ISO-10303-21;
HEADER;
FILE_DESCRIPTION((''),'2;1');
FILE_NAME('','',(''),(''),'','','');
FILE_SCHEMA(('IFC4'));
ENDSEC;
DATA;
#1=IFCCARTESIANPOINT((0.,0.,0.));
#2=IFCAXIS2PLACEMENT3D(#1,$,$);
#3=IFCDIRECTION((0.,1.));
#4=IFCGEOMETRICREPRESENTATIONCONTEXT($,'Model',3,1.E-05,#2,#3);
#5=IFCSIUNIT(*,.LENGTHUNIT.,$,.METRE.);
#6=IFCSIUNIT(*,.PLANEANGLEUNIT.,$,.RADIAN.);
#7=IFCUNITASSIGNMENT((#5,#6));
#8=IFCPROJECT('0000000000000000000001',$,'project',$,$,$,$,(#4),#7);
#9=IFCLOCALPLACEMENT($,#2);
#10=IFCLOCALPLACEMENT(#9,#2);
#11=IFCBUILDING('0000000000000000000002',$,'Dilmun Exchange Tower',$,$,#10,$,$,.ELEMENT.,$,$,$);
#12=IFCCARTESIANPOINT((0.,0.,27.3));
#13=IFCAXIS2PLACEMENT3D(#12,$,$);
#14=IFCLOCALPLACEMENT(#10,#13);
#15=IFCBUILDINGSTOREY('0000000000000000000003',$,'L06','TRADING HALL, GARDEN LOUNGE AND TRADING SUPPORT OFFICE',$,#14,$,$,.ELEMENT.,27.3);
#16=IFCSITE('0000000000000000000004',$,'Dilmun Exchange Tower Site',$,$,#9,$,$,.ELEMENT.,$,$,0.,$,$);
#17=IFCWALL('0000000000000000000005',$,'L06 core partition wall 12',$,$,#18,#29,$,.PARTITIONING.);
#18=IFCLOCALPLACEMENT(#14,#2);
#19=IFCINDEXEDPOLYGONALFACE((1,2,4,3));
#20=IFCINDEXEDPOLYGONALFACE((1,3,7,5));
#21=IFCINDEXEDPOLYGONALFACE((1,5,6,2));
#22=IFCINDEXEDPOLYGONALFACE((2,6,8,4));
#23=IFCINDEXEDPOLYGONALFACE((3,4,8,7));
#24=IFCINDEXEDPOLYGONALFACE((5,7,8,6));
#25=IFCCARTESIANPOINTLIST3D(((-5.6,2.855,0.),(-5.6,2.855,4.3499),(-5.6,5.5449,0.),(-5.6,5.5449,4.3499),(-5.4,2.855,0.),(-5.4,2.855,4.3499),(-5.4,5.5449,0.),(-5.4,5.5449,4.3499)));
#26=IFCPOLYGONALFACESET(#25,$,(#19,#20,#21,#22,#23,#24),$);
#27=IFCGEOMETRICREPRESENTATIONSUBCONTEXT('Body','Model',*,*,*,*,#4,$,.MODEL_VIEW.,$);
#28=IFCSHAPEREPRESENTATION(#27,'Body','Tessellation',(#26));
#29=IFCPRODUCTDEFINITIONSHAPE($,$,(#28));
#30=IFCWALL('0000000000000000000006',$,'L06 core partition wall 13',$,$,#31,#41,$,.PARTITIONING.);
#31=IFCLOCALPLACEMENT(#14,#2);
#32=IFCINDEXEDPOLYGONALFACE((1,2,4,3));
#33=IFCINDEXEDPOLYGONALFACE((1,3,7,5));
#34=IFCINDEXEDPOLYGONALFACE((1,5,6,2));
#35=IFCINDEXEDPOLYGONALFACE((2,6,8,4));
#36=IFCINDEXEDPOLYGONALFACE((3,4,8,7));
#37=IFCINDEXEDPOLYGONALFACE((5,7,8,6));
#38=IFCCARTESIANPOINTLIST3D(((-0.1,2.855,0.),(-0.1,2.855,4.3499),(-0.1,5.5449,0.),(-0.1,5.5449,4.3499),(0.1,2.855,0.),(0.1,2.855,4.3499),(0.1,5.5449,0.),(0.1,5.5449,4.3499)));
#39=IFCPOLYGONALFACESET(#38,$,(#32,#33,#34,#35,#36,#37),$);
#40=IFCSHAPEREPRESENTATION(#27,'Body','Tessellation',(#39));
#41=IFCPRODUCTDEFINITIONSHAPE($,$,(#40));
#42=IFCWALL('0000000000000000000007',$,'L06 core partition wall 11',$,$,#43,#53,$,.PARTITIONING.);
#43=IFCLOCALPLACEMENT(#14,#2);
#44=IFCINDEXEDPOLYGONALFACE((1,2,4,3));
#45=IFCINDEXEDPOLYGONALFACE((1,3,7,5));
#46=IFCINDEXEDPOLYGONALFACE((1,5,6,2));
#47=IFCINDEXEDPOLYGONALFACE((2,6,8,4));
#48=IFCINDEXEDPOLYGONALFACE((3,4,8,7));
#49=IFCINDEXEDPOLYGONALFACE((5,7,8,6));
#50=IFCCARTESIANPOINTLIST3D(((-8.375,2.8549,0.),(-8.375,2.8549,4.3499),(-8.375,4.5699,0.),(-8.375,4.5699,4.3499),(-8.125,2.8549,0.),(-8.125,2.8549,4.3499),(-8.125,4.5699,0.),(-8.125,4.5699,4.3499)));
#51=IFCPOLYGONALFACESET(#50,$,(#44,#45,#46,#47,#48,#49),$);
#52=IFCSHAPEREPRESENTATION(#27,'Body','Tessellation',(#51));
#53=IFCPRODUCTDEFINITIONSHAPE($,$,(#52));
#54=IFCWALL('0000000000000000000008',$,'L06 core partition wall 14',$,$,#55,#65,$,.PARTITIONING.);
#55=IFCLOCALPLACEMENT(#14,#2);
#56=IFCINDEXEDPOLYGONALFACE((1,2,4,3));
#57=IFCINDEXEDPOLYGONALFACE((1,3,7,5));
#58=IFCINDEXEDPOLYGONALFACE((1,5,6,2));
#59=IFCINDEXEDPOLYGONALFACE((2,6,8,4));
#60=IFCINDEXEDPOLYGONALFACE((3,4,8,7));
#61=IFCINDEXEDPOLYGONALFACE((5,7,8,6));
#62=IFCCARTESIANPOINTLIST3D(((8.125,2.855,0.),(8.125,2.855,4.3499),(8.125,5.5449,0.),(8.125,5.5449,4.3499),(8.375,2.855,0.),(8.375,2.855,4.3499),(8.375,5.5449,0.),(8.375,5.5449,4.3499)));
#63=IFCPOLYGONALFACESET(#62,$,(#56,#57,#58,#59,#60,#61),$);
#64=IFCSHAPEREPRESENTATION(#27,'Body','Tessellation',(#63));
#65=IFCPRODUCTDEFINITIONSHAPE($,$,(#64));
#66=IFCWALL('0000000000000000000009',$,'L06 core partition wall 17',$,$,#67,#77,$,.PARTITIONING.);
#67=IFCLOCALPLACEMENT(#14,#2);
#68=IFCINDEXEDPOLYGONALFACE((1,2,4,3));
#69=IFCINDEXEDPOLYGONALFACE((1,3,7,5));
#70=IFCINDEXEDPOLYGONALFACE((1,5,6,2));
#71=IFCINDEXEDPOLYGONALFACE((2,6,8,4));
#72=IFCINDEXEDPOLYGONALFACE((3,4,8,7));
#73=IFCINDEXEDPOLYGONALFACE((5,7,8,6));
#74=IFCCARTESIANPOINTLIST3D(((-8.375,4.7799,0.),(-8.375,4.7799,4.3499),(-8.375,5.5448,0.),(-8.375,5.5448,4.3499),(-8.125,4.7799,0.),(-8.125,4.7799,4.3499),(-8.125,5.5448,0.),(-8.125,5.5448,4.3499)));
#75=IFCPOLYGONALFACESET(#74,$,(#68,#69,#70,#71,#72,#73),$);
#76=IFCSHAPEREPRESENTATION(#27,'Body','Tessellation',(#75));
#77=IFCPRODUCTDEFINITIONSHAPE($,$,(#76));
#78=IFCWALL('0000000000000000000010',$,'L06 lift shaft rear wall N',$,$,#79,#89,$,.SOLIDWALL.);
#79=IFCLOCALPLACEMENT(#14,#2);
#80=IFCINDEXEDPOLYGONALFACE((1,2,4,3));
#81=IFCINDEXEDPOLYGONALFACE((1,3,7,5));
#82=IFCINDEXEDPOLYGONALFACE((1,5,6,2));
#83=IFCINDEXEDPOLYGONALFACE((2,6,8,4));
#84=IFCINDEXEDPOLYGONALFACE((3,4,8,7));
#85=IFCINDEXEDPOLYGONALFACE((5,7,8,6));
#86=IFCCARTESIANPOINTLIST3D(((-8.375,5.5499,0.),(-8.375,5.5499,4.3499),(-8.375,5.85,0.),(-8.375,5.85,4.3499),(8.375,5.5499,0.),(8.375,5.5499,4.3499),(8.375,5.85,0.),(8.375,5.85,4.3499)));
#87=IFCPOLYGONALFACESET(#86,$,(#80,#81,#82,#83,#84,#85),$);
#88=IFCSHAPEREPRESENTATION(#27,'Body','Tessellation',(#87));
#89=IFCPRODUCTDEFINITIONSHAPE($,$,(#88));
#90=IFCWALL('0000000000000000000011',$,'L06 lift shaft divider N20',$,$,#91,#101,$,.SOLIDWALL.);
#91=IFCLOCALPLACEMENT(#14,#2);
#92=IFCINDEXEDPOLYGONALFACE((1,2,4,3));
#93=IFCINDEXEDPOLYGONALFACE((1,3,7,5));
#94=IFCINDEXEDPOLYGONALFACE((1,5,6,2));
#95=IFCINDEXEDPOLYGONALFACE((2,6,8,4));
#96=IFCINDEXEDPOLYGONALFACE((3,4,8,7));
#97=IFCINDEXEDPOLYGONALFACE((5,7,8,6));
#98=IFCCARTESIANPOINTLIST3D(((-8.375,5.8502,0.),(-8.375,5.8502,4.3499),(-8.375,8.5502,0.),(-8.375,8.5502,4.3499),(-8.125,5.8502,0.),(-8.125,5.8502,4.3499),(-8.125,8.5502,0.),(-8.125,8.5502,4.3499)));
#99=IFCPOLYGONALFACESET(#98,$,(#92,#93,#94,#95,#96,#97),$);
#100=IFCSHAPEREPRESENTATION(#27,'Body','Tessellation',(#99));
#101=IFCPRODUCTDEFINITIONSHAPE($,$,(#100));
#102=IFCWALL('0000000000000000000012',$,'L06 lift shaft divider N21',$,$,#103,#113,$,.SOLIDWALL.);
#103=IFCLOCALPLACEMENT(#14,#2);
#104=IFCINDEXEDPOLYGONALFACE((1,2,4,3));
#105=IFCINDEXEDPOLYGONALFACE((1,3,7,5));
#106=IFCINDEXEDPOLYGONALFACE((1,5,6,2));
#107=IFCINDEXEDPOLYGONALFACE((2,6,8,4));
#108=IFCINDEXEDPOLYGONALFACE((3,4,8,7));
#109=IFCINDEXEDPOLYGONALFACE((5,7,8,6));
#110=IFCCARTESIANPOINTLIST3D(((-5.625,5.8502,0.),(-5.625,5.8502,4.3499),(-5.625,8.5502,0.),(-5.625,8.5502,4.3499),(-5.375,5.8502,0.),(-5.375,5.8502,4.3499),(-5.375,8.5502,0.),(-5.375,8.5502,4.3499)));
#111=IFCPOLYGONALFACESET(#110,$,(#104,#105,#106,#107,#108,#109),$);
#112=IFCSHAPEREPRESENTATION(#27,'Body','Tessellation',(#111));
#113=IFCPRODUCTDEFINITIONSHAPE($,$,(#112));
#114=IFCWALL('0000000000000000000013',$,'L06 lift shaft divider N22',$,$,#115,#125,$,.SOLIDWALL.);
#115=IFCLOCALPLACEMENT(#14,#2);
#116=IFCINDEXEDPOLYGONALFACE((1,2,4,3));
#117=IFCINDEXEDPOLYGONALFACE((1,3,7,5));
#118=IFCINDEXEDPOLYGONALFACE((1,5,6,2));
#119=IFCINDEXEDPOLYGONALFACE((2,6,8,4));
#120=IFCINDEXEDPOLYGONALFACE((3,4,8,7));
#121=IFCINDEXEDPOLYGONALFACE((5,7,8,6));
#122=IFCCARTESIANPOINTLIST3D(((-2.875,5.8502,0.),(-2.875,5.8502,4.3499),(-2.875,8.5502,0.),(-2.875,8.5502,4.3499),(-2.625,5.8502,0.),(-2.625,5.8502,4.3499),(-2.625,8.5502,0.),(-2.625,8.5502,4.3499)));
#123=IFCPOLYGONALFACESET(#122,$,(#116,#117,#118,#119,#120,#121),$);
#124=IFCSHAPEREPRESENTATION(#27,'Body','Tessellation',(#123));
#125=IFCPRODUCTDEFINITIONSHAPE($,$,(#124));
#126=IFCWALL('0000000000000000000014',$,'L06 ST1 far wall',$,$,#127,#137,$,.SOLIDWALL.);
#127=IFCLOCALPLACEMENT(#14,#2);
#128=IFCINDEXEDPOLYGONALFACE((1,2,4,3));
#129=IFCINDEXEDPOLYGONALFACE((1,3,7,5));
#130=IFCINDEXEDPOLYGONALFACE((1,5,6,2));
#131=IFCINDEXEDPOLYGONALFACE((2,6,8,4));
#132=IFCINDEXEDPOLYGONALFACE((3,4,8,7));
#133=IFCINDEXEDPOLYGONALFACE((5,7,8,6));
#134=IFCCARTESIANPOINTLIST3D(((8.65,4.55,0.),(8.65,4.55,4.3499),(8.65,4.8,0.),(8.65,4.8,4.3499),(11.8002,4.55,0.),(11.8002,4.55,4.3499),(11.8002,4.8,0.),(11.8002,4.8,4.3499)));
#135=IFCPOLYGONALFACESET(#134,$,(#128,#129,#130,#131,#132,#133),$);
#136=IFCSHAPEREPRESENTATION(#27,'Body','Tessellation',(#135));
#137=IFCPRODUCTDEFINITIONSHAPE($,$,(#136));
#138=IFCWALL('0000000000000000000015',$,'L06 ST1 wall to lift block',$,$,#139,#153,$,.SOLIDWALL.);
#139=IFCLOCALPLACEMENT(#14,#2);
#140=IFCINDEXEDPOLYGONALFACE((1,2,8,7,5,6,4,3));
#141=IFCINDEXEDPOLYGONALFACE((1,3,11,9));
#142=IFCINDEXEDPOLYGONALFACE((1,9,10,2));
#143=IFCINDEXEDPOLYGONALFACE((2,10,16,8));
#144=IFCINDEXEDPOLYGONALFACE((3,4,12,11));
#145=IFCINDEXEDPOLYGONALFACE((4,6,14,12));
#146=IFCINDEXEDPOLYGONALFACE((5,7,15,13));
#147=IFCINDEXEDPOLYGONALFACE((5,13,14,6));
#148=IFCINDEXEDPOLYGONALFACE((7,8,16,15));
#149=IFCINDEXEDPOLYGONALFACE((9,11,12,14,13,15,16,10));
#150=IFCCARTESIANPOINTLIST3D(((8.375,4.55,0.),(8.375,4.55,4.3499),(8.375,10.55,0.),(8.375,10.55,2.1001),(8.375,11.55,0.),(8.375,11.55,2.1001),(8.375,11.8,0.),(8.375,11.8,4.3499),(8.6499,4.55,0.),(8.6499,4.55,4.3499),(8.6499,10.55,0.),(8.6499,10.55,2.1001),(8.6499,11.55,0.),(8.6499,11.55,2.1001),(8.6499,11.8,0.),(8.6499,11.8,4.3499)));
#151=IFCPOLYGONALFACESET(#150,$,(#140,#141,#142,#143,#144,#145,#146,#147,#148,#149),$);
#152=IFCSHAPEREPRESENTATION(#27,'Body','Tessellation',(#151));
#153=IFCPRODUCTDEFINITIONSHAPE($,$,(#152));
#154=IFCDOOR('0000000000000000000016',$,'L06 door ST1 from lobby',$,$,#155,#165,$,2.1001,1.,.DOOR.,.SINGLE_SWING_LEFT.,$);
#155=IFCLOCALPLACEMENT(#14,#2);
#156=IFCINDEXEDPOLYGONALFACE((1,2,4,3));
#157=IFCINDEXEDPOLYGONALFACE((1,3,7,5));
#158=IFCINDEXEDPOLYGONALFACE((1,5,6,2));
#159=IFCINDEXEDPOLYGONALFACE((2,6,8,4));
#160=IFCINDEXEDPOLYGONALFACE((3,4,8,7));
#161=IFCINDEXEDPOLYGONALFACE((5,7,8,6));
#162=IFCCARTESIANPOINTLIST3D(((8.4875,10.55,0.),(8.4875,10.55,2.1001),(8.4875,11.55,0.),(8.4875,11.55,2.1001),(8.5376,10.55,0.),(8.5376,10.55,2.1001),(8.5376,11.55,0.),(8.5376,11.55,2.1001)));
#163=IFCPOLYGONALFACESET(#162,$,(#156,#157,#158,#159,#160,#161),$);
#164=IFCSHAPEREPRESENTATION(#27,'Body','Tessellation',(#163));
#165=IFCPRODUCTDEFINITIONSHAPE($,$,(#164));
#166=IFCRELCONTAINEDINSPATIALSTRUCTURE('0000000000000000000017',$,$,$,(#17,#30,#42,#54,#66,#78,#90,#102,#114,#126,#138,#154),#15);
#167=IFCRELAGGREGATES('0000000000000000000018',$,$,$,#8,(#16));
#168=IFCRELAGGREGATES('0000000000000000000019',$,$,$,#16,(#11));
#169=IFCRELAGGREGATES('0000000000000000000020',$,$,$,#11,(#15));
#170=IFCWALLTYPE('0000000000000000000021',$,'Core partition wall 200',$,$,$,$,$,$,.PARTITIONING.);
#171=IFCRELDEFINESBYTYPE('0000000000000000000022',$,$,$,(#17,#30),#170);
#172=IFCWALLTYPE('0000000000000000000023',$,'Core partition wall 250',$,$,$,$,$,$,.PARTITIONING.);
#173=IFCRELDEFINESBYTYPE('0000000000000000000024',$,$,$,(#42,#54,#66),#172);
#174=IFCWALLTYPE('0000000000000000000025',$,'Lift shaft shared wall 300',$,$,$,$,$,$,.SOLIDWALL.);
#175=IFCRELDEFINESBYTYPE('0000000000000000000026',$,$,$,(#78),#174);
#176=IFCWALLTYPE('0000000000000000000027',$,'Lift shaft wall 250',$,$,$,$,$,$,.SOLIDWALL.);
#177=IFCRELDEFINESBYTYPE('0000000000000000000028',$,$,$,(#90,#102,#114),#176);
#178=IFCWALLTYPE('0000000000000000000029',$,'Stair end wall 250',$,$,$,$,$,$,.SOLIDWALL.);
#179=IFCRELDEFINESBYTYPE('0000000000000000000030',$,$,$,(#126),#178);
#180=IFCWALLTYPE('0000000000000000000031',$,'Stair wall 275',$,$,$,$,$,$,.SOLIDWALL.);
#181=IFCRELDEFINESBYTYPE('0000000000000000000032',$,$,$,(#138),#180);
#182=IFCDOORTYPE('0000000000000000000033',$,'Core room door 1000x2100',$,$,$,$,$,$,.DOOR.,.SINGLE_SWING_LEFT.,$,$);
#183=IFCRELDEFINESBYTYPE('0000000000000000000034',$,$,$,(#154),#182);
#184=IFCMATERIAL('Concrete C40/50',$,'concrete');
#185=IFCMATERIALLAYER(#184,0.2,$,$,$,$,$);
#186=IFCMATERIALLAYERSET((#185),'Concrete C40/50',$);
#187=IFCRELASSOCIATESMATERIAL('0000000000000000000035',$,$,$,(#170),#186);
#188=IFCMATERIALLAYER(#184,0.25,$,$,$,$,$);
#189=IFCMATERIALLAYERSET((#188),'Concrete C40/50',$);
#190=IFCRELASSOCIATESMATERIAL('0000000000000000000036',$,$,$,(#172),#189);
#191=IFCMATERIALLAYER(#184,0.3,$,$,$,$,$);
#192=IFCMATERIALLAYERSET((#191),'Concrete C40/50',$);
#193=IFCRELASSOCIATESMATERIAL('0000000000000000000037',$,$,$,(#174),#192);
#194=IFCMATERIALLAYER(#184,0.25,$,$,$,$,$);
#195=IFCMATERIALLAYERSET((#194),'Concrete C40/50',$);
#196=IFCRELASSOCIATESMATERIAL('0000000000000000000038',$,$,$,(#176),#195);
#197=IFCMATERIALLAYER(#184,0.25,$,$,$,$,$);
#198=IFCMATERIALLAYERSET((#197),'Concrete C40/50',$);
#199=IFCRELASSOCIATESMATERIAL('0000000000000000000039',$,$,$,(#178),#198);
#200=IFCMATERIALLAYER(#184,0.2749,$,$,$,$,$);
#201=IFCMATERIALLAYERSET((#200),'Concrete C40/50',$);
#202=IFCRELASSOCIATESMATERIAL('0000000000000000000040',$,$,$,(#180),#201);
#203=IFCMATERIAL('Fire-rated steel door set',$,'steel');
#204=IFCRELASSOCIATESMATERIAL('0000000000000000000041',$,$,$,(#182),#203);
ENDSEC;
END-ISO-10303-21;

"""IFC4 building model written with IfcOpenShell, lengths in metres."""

from ifc_helpers import new_model, si_unit, direction, frame, frame_2d, origin, place, context, subcontext, project, spatial, rectangle, extrude, material, layer, layer_set, type_object, element, fill, save


model = new_model("IFC4")

# Units and contexts
model_context = context("Model", 3, precision=1e-05, world=origin(), true_north=direction((0.0, 1.0)))
body_context = subcontext(model_context, "Body", "Model", "MODEL_VIEW")
ifc_project = project(units=[si_unit("LENGTHUNIT", "METRE"), si_unit("PLANEANGLEUNIT", "RADIAN")], contexts=[model_context])

# Site, building, storey
site_placement = place(None, origin())
site = spatial("IfcSite", under=ifc_project, at=site_placement, Name="Dilmun Exchange Tower Site", CompositionType="ELEMENT", RefElevation=0.0)
building_placement = place(site_placement, origin())
building = spatial("IfcBuilding", under=site, at=building_placement, Name="Dilmun Exchange Tower", CompositionType="ELEMENT")
storey_placement = place(building_placement, frame((0.0, 0.0, 27.3)))
storey = spatial("IfcBuildingStorey", under=building, at=storey_placement, Name="L06", Description="TRADING HALL, GARDEN LOUNGE AND TRADING SUPPORT OFFICE", CompositionType="ELEMENT", Elevation=27.3)

# Walls
ifc_material_1 = material(Name="Concrete C40/50", Category="concrete")
ifc_layer_1 = layer(ifc_material_1, 0.2)
ifc_layer_set_1 = layer_set([ifc_layer_1], Name="Concrete C40/50")
wall_type_1 = type_object("IfcWallType", Name="Core partition wall 200", PredefinedType="PARTITIONING", material=ifc_layer_set_1)
for number, where, z_axis, x_axis, name in (
    (1, (-5.5, 2.855, 0.0), (0.0, 0.0, 1.0), (0.0, 1.0, 0.0), "L06 core partition wall 12"),
    (2, (0.0, 2.855, 0.0), (0.0, 0.0, 1.0), (0.0, 1.0, 0.0), "L06 core partition wall 13"),
):
    element("IfcWall", number, at=place(storey_placement, frame(where, z_axis=z_axis, x_axis=x_axis)), inside=storey, type_object=wall_type_1, Name=name, PredefinedType="PARTITIONING", context=body_context, shape_type="SweptSolid", body=[
        extrude(rectangle(XDim=2.6899, YDim=0.2, at=frame_2d((1.345, 0.0))), origin(), (0.0, 0.0, 1.0), 4.3499),
    ])
ifc_layer_2 = layer(ifc_material_1, 0.25)
ifc_layer_set_2 = layer_set([ifc_layer_2], Name="Concrete C40/50")
wall_type_2 = type_object("IfcWallType", Name="Core partition wall 250", PredefinedType="PARTITIONING", material=ifc_layer_set_2)
wall_1_placement = place(storey_placement, frame((-8.25, 2.855, 0.0), z_axis=(0.0, 0.0, 1.0), x_axis=(0.0, 1.0, 0.0)))
element("IfcWall", 3, at=wall_1_placement, inside=storey, type_object=wall_type_2, Name="L06 core partition wall 11", PredefinedType="PARTITIONING", context=body_context, shape_type="SweptSolid", body=[
    extrude(rectangle(XDim=1.7151, YDim=0.25, at=frame_2d((0.8574, 0.0))), origin(), (0.0, 0.0, 1.0), 4.3499),
])
wall_2_placement = place(storey_placement, frame((8.25, 2.855, 0.0), z_axis=(0.0, 0.0, 1.0), x_axis=(0.0, 1.0, 0.0)))
element("IfcWall", 4, at=wall_2_placement, inside=storey, type_object=wall_type_2, Name="L06 core partition wall 14", PredefinedType="PARTITIONING", context=body_context, shape_type="SweptSolid", body=[
    extrude(rectangle(XDim=2.6899, YDim=0.25, at=frame_2d((1.345, 0.0))), origin(), (0.0, 0.0, 1.0), 4.3499),
])
wall_3_placement = place(storey_placement, frame((-8.25, 4.78, 0.0), z_axis=(0.0, 0.0, 1.0), x_axis=(0.0, 1.0, 0.0)))
element("IfcWall", 5, at=wall_3_placement, inside=storey, type_object=wall_type_2, Name="L06 core partition wall 17", PredefinedType="PARTITIONING", context=body_context, shape_type="SweptSolid", body=[
    extrude(rectangle(XDim=0.7649, YDim=0.25, at=frame_2d((0.3823, 0.0))), origin(), (0.0, 0.0, 1.0), 4.3499),
])
ifc_layer_3 = layer(ifc_material_1, 0.3)
ifc_layer_set_3 = layer_set([ifc_layer_3], Name="Concrete C40/50")
wall_type_3 = type_object("IfcWallType", Name="Lift shaft shared wall 300", PredefinedType="SOLIDWALL", material=ifc_layer_set_3)
wall_4_placement = place(storey_placement, frame((-8.375, 5.7, 0.0), z_axis=(0.0, 0.0, 1.0), x_axis=(1.0, 0.0, 0.0)))
element("IfcWall", 6, at=wall_4_placement, inside=storey, type_object=wall_type_3, Name="L06 lift shaft rear wall N", PredefinedType="SOLIDWALL", context=body_context, shape_type="SweptSolid", body=[
    extrude(rectangle(XDim=16.75, YDim=0.3, at=frame_2d((8.375, 0.0))), origin(), (0.0, 0.0, 1.0), 4.3499),
])
ifc_layer_4 = layer(ifc_material_1, 0.25)
ifc_layer_set_4 = layer_set([ifc_layer_4], Name="Concrete C40/50")
wall_type_4 = type_object("IfcWallType", Name="Lift shaft wall 250", PredefinedType="SOLIDWALL", material=ifc_layer_set_4)
for number, where, z_axis, x_axis, name in (
    (7, (-8.25, 5.8501, 0.0), (0.0, 0.0, 1.0), (0.0, 1.0, 0.0), "L06 lift shaft divider N20"),
    (8, (-5.5, 5.8501, 0.0), (0.0, 0.0, 1.0), (0.0, 1.0, 0.0), "L06 lift shaft divider N21"),
    (9, (-2.75, 5.8501, 0.0), (0.0, 0.0, 1.0), (0.0, 1.0, 0.0), "L06 lift shaft divider N22"),
):
    element("IfcWall", number, at=place(storey_placement, frame(where, z_axis=z_axis, x_axis=x_axis)), inside=storey, type_object=wall_type_4, Name=name, PredefinedType="SOLIDWALL", context=body_context, shape_type="SweptSolid", body=[
        extrude(rectangle(XDim=2.7, YDim=0.25, at=frame_2d((1.3501, 0.0))), origin(), (0.0, 0.0, 1.0), 4.3499),
    ])
ifc_layer_5 = layer(ifc_material_1, 0.25)
ifc_layer_set_5 = layer_set([ifc_layer_5], Name="Concrete C40/50")
wall_type_5 = type_object("IfcWallType", Name="Stair end wall 250", PredefinedType="SOLIDWALL", material=ifc_layer_set_5)
wall_5_placement = place(storey_placement, frame((8.6499, 4.675, 0.0), z_axis=(0.0, 0.0, 1.0), x_axis=(1.0, 0.0, 0.0)))
element("IfcWall", 10, at=wall_5_placement, inside=storey, type_object=wall_type_5, Name="L06 ST1 far wall", PredefinedType="SOLIDWALL", context=body_context, shape_type="SweptSolid", body=[
    extrude(rectangle(XDim=3.1501, YDim=0.25, at=frame_2d((1.5752, 0.0))), origin(), (0.0, 0.0, 1.0), 4.3499),
])

# Wall, opening, door
ifc_layer_6 = layer(ifc_material_1, 0.2749)
ifc_layer_set_6 = layer_set([ifc_layer_6], Name="Concrete C40/50")
wall_type_6 = type_object("IfcWallType", Name="Stair wall 275", PredefinedType="SOLIDWALL", material=ifc_layer_set_6)
wall_6_placement = place(storey_placement, frame((8.5125, 4.55, 0.0), z_axis=(0.0, 0.0, 1.0), x_axis=(0.0, 1.0, 0.0)))
wall_6 = element("IfcWall", 11, at=wall_6_placement, inside=storey, type_object=wall_type_6, Name="L06 ST1 wall to lift block", PredefinedType="SOLIDWALL", context=body_context, shape_type="SweptSolid", body=[
    extrude(rectangle(XDim=7.25, YDim=0.2749, at=frame_2d((3.625, 0.0))), origin(), (0.0, 0.0, 1.0), 4.3499),
])
opening_placement = place(wall_6_placement, frame((6.0, 0.0, 0.0)))
opening = element("IfcOpeningElement", 12, at=opening_placement, cuts=wall_6, PredefinedType="OPENING", context=body_context, shape_type="SweptSolid", body=[
    extrude(rectangle(XDim=1.0, YDim=2.1001, at=frame_2d((0.5, 1.05))), frame((0.0, 0.1475, 0.0), z_axis=(0.0, -1.0, 0.0), x_axis=(1.0, 0.0, 0.0)), (0.0, 0.0, 1.0), 0.2949),
])
ifc_material_2 = material(Name="Fire-rated steel door set", Category="steel")
door_type = type_object("IfcDoorType", Name="Core room door 1000x2100", OperationType="SINGLE_SWING_LEFT", PredefinedType="DOOR", material=ifc_material_2)
door_placement = place(opening_placement, origin())
door = element("IfcDoor", 13, at=door_placement, inside=storey, type_object=door_type, Name="L06 door ST1 from lobby", OperationType="SINGLE_SWING_LEFT", OverallHeight=2.1001, OverallWidth=1.0, PredefinedType="DOOR", context=body_context, shape_type="SweptSolid", body=[
    extrude(rectangle(XDim=1.0, YDim=2.1001, at=frame_2d((0.5, 1.05))), frame((0.0, 0.0249, 0.0), z_axis=(0.0, -1.0, 0.0), x_axis=(1.0, 0.0, 0.0)), (0.0, 0.0, 1.0), 0.05),
])
fill(opening, door)

save(model, "model.ifc")
